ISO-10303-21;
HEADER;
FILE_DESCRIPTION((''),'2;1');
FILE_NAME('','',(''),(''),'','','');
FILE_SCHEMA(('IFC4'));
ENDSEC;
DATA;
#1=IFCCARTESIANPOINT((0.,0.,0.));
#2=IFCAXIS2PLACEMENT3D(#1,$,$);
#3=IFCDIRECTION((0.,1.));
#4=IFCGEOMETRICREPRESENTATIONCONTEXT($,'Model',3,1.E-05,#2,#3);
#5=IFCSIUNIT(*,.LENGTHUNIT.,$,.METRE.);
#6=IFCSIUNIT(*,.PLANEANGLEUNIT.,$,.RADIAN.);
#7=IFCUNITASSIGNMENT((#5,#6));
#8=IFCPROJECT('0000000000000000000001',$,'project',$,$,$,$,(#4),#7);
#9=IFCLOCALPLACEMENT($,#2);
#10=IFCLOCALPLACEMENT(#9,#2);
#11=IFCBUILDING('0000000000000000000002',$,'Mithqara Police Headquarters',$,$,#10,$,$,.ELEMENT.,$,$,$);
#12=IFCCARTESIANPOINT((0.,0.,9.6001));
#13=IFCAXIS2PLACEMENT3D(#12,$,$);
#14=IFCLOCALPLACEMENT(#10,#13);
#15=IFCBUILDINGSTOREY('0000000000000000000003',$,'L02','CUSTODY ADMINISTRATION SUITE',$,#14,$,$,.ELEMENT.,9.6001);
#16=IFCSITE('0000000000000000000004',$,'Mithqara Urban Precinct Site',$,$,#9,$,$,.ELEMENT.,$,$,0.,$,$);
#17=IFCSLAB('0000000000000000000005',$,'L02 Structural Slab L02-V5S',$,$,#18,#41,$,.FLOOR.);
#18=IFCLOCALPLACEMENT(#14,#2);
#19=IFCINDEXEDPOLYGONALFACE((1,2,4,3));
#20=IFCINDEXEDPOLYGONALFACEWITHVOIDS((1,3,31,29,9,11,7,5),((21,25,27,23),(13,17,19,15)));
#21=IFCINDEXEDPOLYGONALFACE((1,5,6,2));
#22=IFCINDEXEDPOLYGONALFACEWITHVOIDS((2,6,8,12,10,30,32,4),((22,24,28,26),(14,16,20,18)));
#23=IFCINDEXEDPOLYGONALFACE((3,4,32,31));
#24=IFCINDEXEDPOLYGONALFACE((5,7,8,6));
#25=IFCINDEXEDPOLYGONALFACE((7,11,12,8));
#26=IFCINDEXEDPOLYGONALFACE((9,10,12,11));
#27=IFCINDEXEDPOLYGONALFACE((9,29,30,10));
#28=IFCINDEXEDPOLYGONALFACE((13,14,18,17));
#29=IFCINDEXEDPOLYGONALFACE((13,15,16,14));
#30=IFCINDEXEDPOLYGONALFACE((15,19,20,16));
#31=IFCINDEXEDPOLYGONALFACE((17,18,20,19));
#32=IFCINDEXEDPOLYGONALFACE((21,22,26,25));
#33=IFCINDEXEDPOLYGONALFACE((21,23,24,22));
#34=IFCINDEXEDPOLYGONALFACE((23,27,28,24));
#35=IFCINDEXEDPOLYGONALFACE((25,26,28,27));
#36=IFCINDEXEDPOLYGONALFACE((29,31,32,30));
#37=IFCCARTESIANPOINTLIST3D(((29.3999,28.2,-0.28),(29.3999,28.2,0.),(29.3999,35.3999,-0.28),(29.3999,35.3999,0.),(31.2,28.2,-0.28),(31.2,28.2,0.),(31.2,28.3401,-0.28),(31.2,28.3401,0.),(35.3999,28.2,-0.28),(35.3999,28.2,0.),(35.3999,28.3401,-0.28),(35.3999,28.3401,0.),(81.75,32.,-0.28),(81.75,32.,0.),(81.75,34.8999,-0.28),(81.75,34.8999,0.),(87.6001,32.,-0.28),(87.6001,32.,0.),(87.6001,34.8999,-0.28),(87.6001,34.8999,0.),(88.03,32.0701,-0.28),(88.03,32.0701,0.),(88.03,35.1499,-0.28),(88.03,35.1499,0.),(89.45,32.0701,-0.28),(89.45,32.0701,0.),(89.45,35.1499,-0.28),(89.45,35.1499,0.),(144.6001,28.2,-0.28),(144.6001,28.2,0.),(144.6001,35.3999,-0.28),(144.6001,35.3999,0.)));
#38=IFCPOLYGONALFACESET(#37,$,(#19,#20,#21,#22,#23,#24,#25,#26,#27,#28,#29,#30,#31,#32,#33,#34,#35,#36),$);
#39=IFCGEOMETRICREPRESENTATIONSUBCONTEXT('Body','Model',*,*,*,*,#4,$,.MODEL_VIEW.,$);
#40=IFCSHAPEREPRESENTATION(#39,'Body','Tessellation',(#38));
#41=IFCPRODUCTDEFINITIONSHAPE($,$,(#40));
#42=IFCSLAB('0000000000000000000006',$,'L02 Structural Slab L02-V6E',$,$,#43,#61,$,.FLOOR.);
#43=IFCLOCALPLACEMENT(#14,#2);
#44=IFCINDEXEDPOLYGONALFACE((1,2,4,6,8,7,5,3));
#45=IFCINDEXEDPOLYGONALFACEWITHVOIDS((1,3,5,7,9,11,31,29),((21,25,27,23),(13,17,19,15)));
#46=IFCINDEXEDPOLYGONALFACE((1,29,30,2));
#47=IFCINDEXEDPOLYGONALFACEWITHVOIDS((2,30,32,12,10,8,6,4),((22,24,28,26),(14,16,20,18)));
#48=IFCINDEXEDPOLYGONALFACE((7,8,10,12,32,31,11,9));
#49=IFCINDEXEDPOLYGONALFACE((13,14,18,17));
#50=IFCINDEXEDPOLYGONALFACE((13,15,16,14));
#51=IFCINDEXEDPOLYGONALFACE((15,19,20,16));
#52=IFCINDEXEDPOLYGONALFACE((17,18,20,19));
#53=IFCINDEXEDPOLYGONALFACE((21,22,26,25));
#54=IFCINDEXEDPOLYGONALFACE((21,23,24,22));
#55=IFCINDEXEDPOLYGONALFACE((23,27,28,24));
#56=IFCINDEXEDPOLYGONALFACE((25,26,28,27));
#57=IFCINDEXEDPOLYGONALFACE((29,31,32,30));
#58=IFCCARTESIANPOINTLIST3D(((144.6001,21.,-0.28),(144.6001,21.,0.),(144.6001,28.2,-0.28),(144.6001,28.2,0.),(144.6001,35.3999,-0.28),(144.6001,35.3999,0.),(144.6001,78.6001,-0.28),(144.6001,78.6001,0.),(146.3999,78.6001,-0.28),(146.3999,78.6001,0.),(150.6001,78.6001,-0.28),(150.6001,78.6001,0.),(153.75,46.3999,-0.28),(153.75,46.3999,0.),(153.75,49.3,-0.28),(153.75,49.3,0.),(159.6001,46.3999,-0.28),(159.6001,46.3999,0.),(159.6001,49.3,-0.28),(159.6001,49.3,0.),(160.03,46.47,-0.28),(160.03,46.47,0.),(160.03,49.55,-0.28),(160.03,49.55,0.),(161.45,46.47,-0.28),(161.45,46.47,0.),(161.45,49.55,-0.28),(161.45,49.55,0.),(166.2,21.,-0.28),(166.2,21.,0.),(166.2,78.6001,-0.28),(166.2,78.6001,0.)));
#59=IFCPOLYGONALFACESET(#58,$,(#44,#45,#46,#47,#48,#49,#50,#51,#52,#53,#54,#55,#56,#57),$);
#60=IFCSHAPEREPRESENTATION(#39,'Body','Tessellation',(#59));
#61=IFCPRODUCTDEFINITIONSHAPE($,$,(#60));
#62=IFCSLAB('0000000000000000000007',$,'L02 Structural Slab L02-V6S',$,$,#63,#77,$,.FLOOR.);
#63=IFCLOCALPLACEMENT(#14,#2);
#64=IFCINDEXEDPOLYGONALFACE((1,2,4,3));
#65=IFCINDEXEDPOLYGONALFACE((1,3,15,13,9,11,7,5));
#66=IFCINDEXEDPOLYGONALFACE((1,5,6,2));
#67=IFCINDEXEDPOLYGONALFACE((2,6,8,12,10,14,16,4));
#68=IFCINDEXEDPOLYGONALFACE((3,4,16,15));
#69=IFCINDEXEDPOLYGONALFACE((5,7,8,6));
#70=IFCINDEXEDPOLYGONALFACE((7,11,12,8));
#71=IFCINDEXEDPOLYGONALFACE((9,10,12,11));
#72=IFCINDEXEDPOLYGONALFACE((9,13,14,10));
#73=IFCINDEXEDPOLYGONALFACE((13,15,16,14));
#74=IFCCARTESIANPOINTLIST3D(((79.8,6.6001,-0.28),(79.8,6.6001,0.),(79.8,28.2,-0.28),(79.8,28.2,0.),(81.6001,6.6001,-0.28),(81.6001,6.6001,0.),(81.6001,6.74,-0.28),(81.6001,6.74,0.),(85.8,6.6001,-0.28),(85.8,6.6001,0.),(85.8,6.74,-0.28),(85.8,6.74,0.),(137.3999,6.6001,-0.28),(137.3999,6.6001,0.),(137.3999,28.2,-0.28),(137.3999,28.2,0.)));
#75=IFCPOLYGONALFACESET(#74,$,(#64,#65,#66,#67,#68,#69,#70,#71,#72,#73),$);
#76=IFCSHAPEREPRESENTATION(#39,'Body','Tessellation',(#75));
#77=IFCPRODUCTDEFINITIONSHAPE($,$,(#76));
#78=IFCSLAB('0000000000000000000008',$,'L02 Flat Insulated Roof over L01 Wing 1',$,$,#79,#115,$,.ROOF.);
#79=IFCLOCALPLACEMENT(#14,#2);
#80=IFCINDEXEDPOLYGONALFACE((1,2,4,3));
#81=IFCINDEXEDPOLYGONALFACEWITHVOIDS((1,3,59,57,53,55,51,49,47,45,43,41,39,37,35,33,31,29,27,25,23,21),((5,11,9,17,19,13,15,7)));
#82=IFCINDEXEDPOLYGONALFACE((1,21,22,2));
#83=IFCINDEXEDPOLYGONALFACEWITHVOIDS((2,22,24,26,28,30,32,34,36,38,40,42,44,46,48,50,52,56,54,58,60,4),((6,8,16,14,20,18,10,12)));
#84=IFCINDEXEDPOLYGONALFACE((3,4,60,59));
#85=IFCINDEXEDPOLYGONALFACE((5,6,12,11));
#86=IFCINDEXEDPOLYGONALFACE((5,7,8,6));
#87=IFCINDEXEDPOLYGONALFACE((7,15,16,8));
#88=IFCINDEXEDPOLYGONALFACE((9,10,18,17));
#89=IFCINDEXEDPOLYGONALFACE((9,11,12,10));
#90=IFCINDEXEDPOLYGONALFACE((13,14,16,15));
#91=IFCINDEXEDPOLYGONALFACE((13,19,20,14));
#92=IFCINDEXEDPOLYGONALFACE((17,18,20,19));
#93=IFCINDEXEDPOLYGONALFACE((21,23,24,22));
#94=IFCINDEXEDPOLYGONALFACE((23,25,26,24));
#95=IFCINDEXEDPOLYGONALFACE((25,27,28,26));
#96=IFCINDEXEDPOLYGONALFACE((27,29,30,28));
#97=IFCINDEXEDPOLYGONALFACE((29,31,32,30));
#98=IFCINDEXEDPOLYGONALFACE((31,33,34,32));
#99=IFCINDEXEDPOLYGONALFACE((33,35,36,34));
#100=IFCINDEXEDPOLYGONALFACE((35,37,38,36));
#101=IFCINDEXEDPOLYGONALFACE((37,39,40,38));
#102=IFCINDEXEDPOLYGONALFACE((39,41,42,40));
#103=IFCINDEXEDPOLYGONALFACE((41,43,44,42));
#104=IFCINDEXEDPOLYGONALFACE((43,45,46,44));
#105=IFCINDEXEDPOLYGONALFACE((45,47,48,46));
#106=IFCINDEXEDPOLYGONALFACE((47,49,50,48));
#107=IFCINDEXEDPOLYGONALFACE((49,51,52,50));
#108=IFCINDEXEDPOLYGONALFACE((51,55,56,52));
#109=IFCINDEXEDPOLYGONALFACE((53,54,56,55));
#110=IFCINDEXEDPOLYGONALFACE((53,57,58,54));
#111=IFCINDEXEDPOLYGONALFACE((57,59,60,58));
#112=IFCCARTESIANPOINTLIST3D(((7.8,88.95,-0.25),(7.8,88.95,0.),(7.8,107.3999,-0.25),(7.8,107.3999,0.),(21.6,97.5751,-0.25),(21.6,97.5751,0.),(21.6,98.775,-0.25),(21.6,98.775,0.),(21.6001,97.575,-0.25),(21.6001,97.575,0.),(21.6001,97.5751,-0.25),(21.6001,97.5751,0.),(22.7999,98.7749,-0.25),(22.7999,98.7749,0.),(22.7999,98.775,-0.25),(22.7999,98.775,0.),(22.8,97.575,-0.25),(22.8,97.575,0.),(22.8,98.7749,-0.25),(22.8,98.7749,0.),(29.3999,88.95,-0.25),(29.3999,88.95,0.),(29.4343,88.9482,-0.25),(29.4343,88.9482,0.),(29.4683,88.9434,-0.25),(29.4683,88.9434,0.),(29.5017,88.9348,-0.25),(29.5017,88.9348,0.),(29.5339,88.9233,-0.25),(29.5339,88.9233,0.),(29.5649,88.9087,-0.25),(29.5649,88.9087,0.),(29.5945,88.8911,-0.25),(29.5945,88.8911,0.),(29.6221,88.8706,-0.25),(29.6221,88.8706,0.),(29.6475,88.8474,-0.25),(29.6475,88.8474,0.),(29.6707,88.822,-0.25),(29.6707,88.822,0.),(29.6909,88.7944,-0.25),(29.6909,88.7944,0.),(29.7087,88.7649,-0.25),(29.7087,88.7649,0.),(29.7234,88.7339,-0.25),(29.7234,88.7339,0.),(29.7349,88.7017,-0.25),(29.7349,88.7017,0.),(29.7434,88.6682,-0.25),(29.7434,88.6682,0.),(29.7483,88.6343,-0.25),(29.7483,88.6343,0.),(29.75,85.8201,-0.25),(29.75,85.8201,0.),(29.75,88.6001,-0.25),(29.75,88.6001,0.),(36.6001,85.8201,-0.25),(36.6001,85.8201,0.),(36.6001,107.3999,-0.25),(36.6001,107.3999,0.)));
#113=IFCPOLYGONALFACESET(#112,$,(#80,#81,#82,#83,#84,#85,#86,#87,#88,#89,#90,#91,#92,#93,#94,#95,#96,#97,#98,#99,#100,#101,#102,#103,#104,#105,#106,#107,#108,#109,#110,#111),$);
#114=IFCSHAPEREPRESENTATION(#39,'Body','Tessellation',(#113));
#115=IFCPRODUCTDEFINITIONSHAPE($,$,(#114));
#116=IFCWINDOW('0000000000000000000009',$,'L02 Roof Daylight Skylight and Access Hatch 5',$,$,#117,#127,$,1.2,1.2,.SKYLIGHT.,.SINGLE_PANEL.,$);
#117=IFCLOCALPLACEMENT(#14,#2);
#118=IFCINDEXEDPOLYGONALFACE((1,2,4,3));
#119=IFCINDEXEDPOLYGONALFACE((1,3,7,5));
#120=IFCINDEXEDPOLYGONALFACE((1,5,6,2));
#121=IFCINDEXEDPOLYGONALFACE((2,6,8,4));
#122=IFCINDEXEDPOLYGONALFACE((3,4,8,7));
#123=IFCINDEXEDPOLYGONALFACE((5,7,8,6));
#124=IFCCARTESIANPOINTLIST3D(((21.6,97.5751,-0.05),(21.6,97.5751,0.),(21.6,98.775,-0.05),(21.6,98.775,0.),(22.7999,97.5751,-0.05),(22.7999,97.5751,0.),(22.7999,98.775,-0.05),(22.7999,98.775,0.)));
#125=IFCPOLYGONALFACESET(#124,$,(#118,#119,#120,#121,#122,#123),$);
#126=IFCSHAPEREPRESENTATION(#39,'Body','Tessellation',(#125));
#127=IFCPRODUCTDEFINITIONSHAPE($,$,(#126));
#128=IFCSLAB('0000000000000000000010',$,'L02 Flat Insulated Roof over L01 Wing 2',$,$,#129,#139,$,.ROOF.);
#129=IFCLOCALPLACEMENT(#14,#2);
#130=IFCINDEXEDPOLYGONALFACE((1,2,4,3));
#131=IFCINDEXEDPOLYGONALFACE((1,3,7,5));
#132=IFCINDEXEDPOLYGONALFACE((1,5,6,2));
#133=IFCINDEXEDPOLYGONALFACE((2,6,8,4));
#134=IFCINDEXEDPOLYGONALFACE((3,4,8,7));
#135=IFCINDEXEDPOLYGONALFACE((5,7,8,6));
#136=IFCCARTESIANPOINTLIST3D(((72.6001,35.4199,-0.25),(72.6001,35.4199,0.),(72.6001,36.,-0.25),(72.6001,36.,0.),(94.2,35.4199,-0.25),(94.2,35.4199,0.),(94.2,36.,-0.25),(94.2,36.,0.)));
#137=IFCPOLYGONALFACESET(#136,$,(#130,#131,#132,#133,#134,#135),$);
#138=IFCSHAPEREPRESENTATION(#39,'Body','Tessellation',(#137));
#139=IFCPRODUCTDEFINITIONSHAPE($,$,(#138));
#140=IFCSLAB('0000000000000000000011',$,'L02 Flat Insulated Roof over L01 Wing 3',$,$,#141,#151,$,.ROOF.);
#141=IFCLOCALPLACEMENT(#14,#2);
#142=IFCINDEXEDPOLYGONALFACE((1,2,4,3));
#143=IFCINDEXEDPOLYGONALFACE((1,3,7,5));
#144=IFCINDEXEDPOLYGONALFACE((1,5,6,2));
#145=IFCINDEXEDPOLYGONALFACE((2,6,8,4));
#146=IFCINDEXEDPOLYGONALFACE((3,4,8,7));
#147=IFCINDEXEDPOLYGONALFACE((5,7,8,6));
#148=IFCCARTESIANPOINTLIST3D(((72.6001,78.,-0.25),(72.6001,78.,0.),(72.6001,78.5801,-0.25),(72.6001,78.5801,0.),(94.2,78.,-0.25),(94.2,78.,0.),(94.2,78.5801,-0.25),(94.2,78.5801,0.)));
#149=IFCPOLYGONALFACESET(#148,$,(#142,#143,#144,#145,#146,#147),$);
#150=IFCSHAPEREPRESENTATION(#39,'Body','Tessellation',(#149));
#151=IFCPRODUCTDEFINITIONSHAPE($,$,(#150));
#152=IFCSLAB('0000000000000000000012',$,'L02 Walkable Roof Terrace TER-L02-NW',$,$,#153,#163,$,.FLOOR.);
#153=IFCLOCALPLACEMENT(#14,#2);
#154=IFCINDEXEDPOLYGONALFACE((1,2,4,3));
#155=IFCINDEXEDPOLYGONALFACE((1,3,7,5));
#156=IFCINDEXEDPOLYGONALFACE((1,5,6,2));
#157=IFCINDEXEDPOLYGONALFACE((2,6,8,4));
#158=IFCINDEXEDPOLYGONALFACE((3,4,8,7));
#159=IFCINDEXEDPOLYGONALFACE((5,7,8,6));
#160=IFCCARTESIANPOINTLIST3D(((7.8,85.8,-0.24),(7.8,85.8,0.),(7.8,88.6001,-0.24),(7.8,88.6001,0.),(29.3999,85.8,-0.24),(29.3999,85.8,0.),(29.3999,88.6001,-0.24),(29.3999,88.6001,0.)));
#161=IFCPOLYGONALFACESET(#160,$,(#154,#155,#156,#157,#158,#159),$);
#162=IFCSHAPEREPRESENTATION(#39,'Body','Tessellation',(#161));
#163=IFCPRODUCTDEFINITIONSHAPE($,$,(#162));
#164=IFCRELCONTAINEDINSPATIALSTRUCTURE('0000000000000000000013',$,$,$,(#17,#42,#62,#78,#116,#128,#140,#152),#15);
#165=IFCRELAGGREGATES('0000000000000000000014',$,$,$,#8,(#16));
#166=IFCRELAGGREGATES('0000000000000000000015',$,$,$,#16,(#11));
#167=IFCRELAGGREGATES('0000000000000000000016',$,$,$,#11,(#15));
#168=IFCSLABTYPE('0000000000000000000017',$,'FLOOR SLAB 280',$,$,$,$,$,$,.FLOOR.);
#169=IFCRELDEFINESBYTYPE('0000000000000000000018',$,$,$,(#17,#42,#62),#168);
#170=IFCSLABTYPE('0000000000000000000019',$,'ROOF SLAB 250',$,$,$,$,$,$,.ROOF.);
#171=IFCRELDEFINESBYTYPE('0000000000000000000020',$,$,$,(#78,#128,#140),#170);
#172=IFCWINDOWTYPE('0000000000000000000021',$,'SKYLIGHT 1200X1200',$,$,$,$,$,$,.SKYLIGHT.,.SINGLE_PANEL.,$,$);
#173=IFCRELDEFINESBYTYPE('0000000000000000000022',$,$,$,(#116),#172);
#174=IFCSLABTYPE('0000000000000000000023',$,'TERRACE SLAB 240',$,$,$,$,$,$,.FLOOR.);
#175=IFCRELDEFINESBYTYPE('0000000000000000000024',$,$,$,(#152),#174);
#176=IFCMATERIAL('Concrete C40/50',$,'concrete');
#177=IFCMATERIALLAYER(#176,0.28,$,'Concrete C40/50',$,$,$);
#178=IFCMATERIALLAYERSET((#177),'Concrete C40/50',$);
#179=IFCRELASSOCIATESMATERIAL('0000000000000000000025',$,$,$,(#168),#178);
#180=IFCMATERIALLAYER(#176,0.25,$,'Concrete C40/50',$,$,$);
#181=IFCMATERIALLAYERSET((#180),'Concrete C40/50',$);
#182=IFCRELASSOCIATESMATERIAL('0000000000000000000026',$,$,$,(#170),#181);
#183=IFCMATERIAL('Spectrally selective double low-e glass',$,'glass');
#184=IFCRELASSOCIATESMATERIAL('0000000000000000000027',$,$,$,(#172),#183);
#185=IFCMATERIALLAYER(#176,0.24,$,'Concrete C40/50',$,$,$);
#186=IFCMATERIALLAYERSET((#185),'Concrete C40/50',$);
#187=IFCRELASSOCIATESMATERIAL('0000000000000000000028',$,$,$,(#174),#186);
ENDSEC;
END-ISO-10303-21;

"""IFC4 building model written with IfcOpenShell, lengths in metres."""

from ifc_helpers import new_model, si_unit, direction, frame, origin, origin_2d, place, context, subcontext, project, spatial, polyline, rectangle, outline, extrude, material, layer, layer_set, type_object, element, fill, save


model = new_model("IFC4")

# Units and contexts
model_context = context("Model", 3, precision=1e-05, world=origin(), true_north=direction((0.0, 1.0)))
body_context = subcontext(model_context, "Body", "Model", "MODEL_VIEW")
ifc_project = project(units=[si_unit("LENGTHUNIT", "METRE"), si_unit("PLANEANGLEUNIT", "RADIAN")], contexts=[model_context])

# Site, building, storey
site_placement = place(None, origin())
site = spatial("IfcSite", under=ifc_project, at=site_placement, Name="Mithqara Urban Precinct Site", CompositionType="ELEMENT", RefElevation=0.0)
building_placement = place(site_placement, origin())
building = spatial("IfcBuilding", under=site, at=building_placement, Name="Mithqara Police Headquarters", CompositionType="ELEMENT")
storey_placement = place(building_placement, frame((0.0, 0.0, 9.6001)))
storey = spatial("IfcBuildingStorey", under=building, at=storey_placement, Name="L02", Description="CUSTODY ADMINISTRATION SUITE", CompositionType="ELEMENT", Elevation=9.6001)

# Shared definitions
ifc_material_1 = material(Name="Concrete C40/50", Category="concrete")
ifc_material_2 = material(Name="Spectrally selective double low-e glass", Category="glass")

# Slabs
ifc_layer_1 = layer(ifc_material_1, 0.28, Name="Concrete C40/50")
ifc_layer_set_1 = layer_set([ifc_layer_1], Name="Concrete C40/50")
slab_type_1 = type_object("IfcSlabType", Name="FLOOR SLAB 280", PredefinedType="FLOOR", material=ifc_layer_set_1)
slab_1_placement = place(storey_placement, frame((0.0, 0.0, -0.28)))
element("IfcSlab", 1, at=slab_1_placement, inside=storey, type_object=slab_type_1, Name="L02 Structural Slab L02-V5S", PredefinedType="FLOOR", context=body_context, shape_type="SweptSolid", body=[
    extrude(outline(polyline([(144.6001, 28.2), (35.3999, 28.2), (35.3999, 28.3401), (31.2, 28.3401), (31.2, 28.2), (29.3999, 28.2), (29.3999, 35.3999), (144.6001, 35.3999), (144.6001, 28.2)]), holes=[polyline([(81.75, 32.0), (87.6001, 32.0), (87.6001, 34.8999), (81.75, 34.8999), (81.75, 32.0)]), polyline([(89.45, 32.0701), (89.45, 35.1499), (88.03, 35.1499), (88.03, 32.0701), (89.45, 32.0701)])]), origin(), (0.0, 0.0, 1.0), 0.28),
])
slab_2_placement = place(storey_placement, frame((0.0, 0.0, -0.28)))
element("IfcSlab", 2, at=slab_2_placement, inside=storey, type_object=slab_type_1, Name="L02 Structural Slab L02-V6E", PredefinedType="FLOOR", context=body_context, shape_type="SweptSolid", body=[
    extrude(outline(polyline([(166.2, 21.0), (144.6001, 21.0), (144.6001, 28.2), (144.6001, 35.3999), (144.6001, 78.6001), (146.3999, 78.6001), (150.6001, 78.6001), (166.2, 78.6001), (166.2, 21.0)]), holes=[polyline([(153.75, 46.3999), (159.6001, 46.3999), (159.6001, 49.3), (153.75, 49.3), (153.75, 46.3999)]), polyline([(161.45, 46.47), (161.45, 49.55), (160.03, 49.55), (160.03, 46.47), (161.45, 46.47)])]), origin(), (0.0, 0.0, 1.0), 0.28),
])
slab_3_placement = place(storey_placement, frame((0.0, 0.0, -0.28)))
element("IfcSlab", 3, at=slab_3_placement, inside=storey, type_object=slab_type_1, Name="L02 Structural Slab L02-V6S", PredefinedType="FLOOR", context=body_context, shape_type="SweptSolid", body=[
    extrude(outline(polyline([(85.8, 6.6001), (85.8, 6.74), (81.6001, 6.74), (81.6001, 6.6001), (79.8, 6.6001), (79.8, 28.2), (137.3999, 28.2), (137.3999, 6.6001), (85.8, 6.6001)])), origin(), (0.0, 0.0, 1.0), 0.28),
])

# Slab, opening, window
ifc_layer_2 = layer(ifc_material_1, 0.25, Name="Concrete C40/50")
ifc_layer_set_2 = layer_set([ifc_layer_2], Name="Concrete C40/50")
slab_type_2 = type_object("IfcSlabType", Name="ROOF SLAB 250", PredefinedType="ROOF", material=ifc_layer_set_2)
slab_4_placement = place(storey_placement, frame((0.0, 0.0, -0.25)))
slab_4 = element("IfcSlab", 4, at=slab_4_placement, inside=storey, type_object=slab_type_2, Name="L02 Flat Insulated Roof over L01 Wing 1", PredefinedType="ROOF", context=body_context, shape_type="SweptSolid", body=[
    extrude(outline(polyline([(7.8, 107.3999), (36.6001, 107.3999), (36.6001, 85.8201), (29.75, 85.8201), (29.75, 88.6001), (29.7483, 88.6343), (29.7434, 88.6682), (29.7349, 88.7017), (29.7234, 88.7339), (29.7087, 88.7649), (29.6909, 88.7944), (29.6707, 88.822), (29.6475, 88.8474), (29.6221, 88.8706), (29.5945, 88.8911), (29.5649, 88.9087), (29.5339, 88.9233), (29.5017, 88.9348), (29.4683, 88.9434), (29.4343, 88.9482), (29.3999, 88.95), (7.8, 88.95), (7.8, 107.3999)]), holes=[polyline([(21.6001, 97.575), (22.8, 97.575), (22.8, 98.7749), (21.6001, 98.7749), (21.6001, 97.575)])]), origin(), (0.0, 0.0, 1.0), 0.25),
])
opening_1_placement = place(slab_4_placement, frame((22.2, 98.175, -0.01)))
opening_1 = element("IfcOpeningElement", 5, at=opening_1_placement, cuts=slab_4, PredefinedType="OPENING", context=body_context, shape_type="SweptSolid", body=[
    extrude(rectangle(XDim=1.2, YDim=1.2, at=origin_2d()), origin(), (0.0, 0.0, 1.0), 0.27),
])
window_type_1 = type_object("IfcWindowType", Name="SKYLIGHT 1200X1200", PartitioningType="SINGLE_PANEL", PredefinedType="SKYLIGHT", material=ifc_material_2)
window_1_placement = place(opening_1_placement, frame((0.0, 0.0, 0.21)))
window_1 = element("IfcWindow", 6, at=window_1_placement, inside=storey, type_object=window_type_1, Name="L02 Roof Daylight Skylight and Access Hatch 5", OverallHeight=1.2, OverallWidth=1.2, PartitioningType="SINGLE_PANEL", PredefinedType="SKYLIGHT", context=body_context, shape_type="SweptSolid", body=[
    extrude(rectangle(XDim=1.2, YDim=1.2, at=origin_2d()), origin(), (0.0, 0.0, 1.0), 0.05),
])
fill(opening_1, window_1)

# Slabs
slab_5_placement = place(storey_placement, frame((0.0, 0.0, -0.25)))
element("IfcSlab", 7, at=slab_5_placement, inside=storey, type_object=slab_type_2, Name="L02 Flat Insulated Roof over L01 Wing 2", PredefinedType="ROOF", context=body_context, shape_type="SweptSolid", body=[
    extrude(outline(polyline([(72.6001, 36.0), (94.2, 36.0), (94.2, 35.4199), (72.6001, 35.4199), (72.6001, 36.0)])), origin(), (0.0, 0.0, 1.0), 0.25),
])
slab_6_placement = place(storey_placement, frame((0.0, 0.0, -0.25)))
element("IfcSlab", 8, at=slab_6_placement, inside=storey, type_object=slab_type_2, Name="L02 Flat Insulated Roof over L01 Wing 3", PredefinedType="ROOF", context=body_context, shape_type="SweptSolid", body=[
    extrude(outline(polyline([(72.6001, 78.5801), (94.2, 78.5801), (94.2, 78.0), (72.6001, 78.0), (72.6001, 78.5801)])), origin(), (0.0, 0.0, 1.0), 0.25),
])
ifc_layer_3 = layer(ifc_material_1, 0.24, Name="Concrete C40/50")
ifc_layer_set_3 = layer_set([ifc_layer_3], Name="Concrete C40/50")
slab_type_3 = type_object("IfcSlabType", Name="TERRACE SLAB 240", PredefinedType="FLOOR", material=ifc_layer_set_3)
slab_7_placement = place(storey_placement, frame((0.0, 0.0, -0.24)))
element("IfcSlab", 9, at=slab_7_placement, inside=storey, type_object=slab_type_3, Name="L02 Walkable Roof Terrace TER-L02-NW", PredefinedType="FLOOR", context=body_context, shape_type="SweptSolid", body=[
    extrude(outline(polyline([(7.8, 88.6001), (29.3999, 88.6001), (29.3999, 85.8), (7.8, 85.8), (7.8, 88.6001)])), origin(), (0.0, 0.0, 1.0), 0.24),
])

save(model, "model.ifc")
